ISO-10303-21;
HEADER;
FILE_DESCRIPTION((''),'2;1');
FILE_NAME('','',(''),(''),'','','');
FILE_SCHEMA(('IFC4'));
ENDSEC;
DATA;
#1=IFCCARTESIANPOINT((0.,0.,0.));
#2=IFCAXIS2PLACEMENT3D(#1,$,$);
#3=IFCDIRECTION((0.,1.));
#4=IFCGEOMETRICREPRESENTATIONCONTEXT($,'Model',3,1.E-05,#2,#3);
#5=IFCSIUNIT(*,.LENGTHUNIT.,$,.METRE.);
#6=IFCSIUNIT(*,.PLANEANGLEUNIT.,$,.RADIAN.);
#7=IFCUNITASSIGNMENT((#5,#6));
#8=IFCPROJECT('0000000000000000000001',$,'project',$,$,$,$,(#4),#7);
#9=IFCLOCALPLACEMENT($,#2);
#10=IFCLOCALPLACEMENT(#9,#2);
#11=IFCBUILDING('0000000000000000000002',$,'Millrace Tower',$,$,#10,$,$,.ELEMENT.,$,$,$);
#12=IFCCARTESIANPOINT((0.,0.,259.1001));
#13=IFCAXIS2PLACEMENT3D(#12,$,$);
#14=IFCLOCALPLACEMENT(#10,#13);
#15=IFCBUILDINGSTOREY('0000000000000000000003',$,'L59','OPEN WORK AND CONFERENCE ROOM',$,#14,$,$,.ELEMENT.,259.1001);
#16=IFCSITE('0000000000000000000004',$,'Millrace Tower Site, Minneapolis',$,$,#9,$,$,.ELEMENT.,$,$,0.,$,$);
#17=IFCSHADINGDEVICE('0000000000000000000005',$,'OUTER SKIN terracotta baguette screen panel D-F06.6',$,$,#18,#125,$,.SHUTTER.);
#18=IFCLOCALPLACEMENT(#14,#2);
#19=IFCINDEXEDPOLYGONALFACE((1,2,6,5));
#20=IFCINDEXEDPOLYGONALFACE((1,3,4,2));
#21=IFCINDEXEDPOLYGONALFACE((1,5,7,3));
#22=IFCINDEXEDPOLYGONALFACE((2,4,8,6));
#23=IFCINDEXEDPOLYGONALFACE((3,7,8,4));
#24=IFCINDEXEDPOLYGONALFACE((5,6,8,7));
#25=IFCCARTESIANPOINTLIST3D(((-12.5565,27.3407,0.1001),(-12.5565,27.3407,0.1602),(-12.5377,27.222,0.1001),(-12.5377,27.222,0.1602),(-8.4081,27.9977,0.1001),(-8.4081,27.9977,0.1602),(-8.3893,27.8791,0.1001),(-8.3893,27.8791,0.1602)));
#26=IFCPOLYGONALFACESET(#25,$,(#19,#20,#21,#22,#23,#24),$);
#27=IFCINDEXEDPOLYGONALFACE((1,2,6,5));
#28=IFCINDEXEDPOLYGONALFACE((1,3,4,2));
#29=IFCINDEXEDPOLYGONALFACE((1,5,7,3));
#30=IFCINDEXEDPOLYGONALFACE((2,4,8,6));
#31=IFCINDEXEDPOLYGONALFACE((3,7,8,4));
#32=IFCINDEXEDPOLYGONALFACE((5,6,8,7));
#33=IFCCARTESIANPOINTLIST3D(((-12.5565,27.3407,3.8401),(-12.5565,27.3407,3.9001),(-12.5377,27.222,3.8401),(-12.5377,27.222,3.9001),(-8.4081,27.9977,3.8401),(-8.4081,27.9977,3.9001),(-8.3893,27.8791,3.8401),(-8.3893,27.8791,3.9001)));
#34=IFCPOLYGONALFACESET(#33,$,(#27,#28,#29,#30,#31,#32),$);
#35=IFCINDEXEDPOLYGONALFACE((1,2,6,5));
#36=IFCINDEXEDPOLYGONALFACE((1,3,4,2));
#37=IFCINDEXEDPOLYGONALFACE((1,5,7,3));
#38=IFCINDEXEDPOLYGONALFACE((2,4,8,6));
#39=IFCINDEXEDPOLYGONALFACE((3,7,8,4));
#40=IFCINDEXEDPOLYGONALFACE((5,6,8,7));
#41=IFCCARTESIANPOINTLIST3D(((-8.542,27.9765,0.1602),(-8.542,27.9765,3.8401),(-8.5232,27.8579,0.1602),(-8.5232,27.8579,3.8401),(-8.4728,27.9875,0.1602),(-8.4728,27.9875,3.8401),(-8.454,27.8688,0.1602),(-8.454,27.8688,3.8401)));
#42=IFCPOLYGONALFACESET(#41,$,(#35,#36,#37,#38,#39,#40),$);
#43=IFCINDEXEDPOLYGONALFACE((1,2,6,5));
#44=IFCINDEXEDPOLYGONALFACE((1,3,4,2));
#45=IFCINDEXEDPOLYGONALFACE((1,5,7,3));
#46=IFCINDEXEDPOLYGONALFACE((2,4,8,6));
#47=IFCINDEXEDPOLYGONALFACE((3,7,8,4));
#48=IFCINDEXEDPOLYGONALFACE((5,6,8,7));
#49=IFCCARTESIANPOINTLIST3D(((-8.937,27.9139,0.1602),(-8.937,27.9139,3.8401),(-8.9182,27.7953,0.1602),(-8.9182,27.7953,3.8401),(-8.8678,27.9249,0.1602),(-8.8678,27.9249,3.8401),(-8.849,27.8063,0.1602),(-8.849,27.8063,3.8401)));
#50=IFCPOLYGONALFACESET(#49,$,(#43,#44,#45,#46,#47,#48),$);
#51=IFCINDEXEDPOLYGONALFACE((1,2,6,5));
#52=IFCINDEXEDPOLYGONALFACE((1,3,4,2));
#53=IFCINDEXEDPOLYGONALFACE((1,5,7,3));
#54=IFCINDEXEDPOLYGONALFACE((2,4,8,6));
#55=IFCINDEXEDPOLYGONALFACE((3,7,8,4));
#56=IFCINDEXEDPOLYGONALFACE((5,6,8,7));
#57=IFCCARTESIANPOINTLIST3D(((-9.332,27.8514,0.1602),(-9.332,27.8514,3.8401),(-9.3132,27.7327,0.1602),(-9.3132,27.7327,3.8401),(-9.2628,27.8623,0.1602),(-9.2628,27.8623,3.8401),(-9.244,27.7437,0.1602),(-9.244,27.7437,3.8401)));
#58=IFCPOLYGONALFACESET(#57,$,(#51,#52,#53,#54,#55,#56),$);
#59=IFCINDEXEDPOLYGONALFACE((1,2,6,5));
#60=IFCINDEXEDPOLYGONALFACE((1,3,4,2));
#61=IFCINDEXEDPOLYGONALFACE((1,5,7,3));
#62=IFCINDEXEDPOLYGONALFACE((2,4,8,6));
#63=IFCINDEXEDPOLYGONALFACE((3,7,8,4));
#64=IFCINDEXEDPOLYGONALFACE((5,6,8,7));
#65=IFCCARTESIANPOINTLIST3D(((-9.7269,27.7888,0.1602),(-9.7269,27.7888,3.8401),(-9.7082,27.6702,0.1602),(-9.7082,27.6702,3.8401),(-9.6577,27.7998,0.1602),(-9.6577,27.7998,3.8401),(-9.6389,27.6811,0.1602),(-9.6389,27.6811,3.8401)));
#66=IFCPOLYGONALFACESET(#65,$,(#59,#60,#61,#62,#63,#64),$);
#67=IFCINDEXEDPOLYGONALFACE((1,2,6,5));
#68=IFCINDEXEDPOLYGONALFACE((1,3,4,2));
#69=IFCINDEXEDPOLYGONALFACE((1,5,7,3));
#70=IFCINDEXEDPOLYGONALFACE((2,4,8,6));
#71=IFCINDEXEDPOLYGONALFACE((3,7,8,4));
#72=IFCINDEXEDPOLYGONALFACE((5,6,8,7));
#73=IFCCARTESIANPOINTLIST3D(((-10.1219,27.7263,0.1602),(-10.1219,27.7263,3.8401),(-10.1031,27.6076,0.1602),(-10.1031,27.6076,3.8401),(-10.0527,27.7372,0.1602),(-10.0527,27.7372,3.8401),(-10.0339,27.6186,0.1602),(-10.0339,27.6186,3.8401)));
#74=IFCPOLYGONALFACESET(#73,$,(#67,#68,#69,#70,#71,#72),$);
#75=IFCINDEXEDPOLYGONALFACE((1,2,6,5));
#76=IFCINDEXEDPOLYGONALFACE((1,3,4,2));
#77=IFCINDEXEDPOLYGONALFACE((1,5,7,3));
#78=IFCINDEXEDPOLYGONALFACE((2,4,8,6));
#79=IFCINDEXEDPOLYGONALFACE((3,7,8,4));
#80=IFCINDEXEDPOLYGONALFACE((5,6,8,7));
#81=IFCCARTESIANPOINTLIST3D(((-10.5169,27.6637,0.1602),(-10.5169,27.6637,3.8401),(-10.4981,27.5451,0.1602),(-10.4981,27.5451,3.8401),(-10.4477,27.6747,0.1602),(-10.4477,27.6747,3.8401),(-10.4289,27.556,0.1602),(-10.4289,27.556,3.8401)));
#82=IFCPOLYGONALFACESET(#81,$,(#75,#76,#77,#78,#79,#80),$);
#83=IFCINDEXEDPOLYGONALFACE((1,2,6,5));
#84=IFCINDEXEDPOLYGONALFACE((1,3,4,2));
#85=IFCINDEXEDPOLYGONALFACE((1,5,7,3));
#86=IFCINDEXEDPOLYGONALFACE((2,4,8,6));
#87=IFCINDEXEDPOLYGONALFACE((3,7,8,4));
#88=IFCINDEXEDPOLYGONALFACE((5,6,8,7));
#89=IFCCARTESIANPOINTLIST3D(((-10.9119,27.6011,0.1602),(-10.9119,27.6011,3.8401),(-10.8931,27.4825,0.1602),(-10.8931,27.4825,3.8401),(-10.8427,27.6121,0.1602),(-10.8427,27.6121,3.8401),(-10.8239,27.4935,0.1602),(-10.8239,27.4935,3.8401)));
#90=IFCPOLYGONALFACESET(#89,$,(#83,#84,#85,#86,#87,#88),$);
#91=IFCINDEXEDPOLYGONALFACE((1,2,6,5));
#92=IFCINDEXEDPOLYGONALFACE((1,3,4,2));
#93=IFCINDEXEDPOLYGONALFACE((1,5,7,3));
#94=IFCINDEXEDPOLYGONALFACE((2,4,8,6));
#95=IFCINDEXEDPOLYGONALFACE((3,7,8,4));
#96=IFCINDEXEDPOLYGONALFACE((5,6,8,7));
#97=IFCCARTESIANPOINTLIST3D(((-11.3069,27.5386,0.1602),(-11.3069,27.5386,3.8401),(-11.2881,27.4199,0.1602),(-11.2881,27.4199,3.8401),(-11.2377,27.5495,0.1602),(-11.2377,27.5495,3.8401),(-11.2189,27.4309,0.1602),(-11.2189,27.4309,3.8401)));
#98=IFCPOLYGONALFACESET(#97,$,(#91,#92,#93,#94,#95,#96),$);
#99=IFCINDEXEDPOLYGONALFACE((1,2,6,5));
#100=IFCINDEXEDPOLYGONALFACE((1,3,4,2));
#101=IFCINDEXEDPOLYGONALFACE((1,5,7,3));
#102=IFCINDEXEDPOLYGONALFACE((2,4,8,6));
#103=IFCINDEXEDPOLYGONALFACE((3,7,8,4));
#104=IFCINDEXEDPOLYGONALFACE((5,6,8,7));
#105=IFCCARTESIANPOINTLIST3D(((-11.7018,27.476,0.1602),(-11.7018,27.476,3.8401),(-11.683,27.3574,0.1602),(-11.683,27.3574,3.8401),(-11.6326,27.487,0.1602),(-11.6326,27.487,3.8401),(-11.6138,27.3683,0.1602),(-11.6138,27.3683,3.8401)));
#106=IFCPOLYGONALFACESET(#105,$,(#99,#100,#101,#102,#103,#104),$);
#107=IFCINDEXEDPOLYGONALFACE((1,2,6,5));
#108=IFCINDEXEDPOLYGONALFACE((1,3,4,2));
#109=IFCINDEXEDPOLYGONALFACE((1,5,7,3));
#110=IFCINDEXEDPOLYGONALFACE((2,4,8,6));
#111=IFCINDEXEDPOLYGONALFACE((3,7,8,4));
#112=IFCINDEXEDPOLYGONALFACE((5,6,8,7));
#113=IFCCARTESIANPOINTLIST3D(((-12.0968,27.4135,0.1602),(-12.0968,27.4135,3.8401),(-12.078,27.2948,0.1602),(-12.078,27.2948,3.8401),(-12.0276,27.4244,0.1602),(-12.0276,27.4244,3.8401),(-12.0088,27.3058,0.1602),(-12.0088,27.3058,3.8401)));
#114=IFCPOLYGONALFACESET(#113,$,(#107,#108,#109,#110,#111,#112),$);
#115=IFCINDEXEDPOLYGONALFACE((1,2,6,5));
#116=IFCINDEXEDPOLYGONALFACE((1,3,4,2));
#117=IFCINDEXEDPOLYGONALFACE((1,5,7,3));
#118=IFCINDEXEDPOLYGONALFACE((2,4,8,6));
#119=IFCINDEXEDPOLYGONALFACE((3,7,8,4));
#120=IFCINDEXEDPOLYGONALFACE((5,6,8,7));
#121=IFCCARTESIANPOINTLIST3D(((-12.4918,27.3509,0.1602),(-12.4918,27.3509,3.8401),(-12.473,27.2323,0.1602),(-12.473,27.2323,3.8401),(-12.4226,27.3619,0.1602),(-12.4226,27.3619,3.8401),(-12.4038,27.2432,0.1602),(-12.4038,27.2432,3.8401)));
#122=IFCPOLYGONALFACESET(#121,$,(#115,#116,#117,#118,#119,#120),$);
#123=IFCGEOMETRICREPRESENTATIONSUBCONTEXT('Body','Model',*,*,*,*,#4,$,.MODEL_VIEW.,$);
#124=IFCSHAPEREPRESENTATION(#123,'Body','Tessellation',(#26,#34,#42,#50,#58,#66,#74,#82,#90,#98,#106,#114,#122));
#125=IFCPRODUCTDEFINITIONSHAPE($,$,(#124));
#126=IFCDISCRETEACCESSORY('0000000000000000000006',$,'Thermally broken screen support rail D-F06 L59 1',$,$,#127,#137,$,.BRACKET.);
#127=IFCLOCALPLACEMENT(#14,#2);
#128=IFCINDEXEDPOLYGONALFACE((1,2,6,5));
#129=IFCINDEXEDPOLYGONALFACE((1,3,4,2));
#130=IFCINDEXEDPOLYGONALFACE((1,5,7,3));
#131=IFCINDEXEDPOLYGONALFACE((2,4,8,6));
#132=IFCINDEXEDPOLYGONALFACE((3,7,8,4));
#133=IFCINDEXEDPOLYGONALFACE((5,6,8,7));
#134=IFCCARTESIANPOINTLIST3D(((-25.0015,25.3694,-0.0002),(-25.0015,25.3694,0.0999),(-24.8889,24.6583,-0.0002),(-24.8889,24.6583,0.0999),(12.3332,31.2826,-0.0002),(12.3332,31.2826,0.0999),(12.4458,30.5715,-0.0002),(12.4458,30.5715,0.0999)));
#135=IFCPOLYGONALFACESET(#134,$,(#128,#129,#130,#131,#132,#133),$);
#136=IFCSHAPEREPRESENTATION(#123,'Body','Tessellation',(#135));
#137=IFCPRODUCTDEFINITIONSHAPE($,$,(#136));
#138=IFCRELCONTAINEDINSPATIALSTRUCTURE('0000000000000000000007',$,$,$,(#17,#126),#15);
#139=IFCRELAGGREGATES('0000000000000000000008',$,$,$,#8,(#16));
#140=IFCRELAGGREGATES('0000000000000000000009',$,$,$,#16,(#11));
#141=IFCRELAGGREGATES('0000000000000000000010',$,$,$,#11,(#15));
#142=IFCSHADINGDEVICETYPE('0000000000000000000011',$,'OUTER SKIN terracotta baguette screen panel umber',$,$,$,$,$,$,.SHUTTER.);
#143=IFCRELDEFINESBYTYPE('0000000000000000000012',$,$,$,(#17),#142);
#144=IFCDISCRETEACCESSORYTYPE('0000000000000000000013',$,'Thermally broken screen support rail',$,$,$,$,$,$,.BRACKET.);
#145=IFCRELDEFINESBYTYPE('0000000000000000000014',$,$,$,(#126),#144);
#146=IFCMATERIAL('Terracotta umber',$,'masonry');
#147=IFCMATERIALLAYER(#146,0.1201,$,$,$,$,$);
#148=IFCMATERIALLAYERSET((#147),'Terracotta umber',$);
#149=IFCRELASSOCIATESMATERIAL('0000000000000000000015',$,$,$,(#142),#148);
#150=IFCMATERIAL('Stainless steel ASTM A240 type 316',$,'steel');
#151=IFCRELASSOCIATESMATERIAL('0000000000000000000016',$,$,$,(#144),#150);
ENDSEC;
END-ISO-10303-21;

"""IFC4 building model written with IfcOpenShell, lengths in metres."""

from ifc_helpers import new_model, entity, si_unit, direction, frame, frame_2d, origin, origin_2d, place, context, subcontext, project, spatial, rectangle, extrude, source, transform, mapped, material, layer, layer_set, type_object, element, save


model = new_model("IFC4")

# Units and contexts
model_context = context("Model", 3, precision=1e-05, world=origin(), true_north=direction((0.0, 1.0)))
body_context = subcontext(model_context, "Body", "Model", "MODEL_VIEW")
ifc_project = project(units=[si_unit("LENGTHUNIT", "METRE"), si_unit("PLANEANGLEUNIT", "RADIAN")], contexts=[model_context])

# Site, building, storey
site_placement = place(None, origin())
site = spatial("IfcSite", under=ifc_project, at=site_placement, Name="Millrace Tower Site, Minneapolis", CompositionType="ELEMENT", RefElevation=0.0)
building_placement = place(site_placement, origin())
building = spatial("IfcBuilding", under=site, at=building_placement, Name="Millrace Tower", CompositionType="ELEMENT")
storey_placement = place(building_placement, frame((0.0, 0.0, 259.1001)))
storey = spatial("IfcBuildingStorey", under=building, at=storey_placement, Name="L59", Description="OPEN WORK AND CONFERENCE ROOM", CompositionType="ELEMENT", Elevation=259.1001)

# Shading device
ifc_material_1 = material(Name="Terracotta umber", Category="masonry")
ifc_layer_1 = layer(ifc_material_1, 0.1201)
ifc_layer_set_1 = layer_set([ifc_layer_1], Name="Terracotta umber")
shading_device_type = type_object("IfcShadingDeviceType", Name="OUTER SKIN terracotta baguette screen panel umber", PredefinedType="SHUTTER", material=ifc_layer_set_1)
cartesian_point = entity("IfcCartesianPoint", [-2.1001, 0.0601])
shared_polyline = entity("IfcPolyline", [cartesian_point, entity("IfcCartesianPoint", [2.1001, 0.0601]), entity("IfcCartesianPoint", [2.1001, -0.0601]), entity("IfcCartesianPoint", [-2.1001, -0.0601]), cartesian_point])
shared_shape = source(origin(), body_context, "Body", "SweptSolid", [
    entity("IfcExtrudedAreaSolid", entity("IfcArbitraryClosedProfileDef", "AREA", None, shared_polyline), entity("IfcAxis2Placement3D", entity("IfcCartesianPoint", [0.0, 0.0, 0.0])), entity("IfcDirection", [0.0, 0.0, 1.0]), 0.0601),
    entity("IfcExtrudedAreaSolid", entity("IfcArbitraryClosedProfileDef", "AREA", None, shared_polyline), entity("IfcAxis2Placement3D", entity("IfcCartesianPoint", [0.0, 0.0, 3.74])), entity("IfcDirection", [0.0, 0.0, 1.0]), 0.0601),
    extrude(rectangle(XDim=0.0701, YDim=0.1201, at=frame_2d((-1.9995, 0.0))), frame((0.0, 0.0, 0.0601)), (0.0, 0.0, 1.0), 3.6799),
    extrude(rectangle(XDim=0.0701, YDim=0.1201, at=frame_2d((-1.5996, 0.0))), frame((0.0, 0.0, 0.0601)), (0.0, 0.0, 1.0), 3.6799),
    extrude(rectangle(XDim=0.0701, YDim=0.1201, at=frame_2d((-1.1997, 0.0))), frame((0.0, 0.0, 0.0601)), (0.0, 0.0, 1.0), 3.6799),
    extrude(rectangle(XDim=0.0701, YDim=0.1201, at=frame_2d((-0.7998, 0.0))), frame((0.0, 0.0, 0.0601)), (0.0, 0.0, 1.0), 3.6799),
    extrude(rectangle(XDim=0.0701, YDim=0.1201, at=frame_2d((-0.3999, 0.0))), frame((0.0, 0.0, 0.0601)), (0.0, 0.0, 1.0), 3.6799),
    extrude(rectangle(XDim=0.0701, YDim=0.1201, at=origin_2d()), frame((0.0, 0.0, 0.0601)), (0.0, 0.0, 1.0), 3.6799),
    extrude(rectangle(XDim=0.0701, YDim=0.1201, at=frame_2d((0.3999, 0.0))), frame((0.0, 0.0, 0.0601)), (0.0, 0.0, 1.0), 3.6799),
    extrude(rectangle(XDim=0.0701, YDim=0.1201, at=frame_2d((0.7998, 0.0))), frame((0.0, 0.0, 0.0601)), (0.0, 0.0, 1.0), 3.6799),
    extrude(rectangle(XDim=0.0701, YDim=0.1201, at=frame_2d((1.1997, 0.0))), frame((0.0, 0.0, 0.0601)), (0.0, 0.0, 1.0), 3.6799),
    extrude(rectangle(XDim=0.0701, YDim=0.1201, at=frame_2d((1.5996, 0.0))), frame((0.0, 0.0, 0.0601)), (0.0, 0.0, 1.0), 3.6799),
    extrude(rectangle(XDim=0.0701, YDim=0.1201, at=frame_2d((1.9995, 0.0))), frame((0.0, 0.0, 0.0601)), (0.0, 0.0, 1.0), 3.6799),
])
for number, where, z_axis, x_axis, name in (
    (1, (-10.4729, 27.6099, 0.1001), (0.0, 0.0, 1.0), (-0.987688, -0.156434, 0.0), "OUTER SKIN terracotta baguette screen panel D-F06.6"),
):
    element("IfcShadingDevice", number, at=place(storey_placement, frame(where, z_axis=z_axis, x_axis=x_axis)), inside=storey, type_object=shading_device_type, Name=name, PredefinedType="SHUTTER", context=body_context, shape_type="MappedRepresentation", body=[
        mapped(shared_shape, transform((0.0, 0.0, 0.0), scale=1.0)),
    ])

# Discrete accessory
ifc_material_2 = material(Name="Stainless steel ASTM A240 type 316", Category="steel")
discrete_accessory_type = type_object("IfcDiscreteAccessoryType", Name="Thermally broken screen support rail", PredefinedType="BRACKET", material=ifc_material_2)
discrete_accessory_placement = place(storey_placement, frame((-6.2778, 27.9705, -0.0002), z_axis=(0.0, 0.0, 1.0), x_axis=(-0.987688, -0.156434, 0.0)))
element("IfcDiscreteAccessory", 2, at=discrete_accessory_placement, inside=storey, type_object=discrete_accessory_type, Name="Thermally broken screen support rail D-F06 L59 1", PredefinedType="BRACKET", context=body_context, shape_type="SweptSolid", body=[
    extrude(rectangle(XDim=37.8, YDim=0.72, at=origin_2d()), origin(), (0.0, 0.0, 1.0), 0.1001),
])

save(model, "model.ifc")
